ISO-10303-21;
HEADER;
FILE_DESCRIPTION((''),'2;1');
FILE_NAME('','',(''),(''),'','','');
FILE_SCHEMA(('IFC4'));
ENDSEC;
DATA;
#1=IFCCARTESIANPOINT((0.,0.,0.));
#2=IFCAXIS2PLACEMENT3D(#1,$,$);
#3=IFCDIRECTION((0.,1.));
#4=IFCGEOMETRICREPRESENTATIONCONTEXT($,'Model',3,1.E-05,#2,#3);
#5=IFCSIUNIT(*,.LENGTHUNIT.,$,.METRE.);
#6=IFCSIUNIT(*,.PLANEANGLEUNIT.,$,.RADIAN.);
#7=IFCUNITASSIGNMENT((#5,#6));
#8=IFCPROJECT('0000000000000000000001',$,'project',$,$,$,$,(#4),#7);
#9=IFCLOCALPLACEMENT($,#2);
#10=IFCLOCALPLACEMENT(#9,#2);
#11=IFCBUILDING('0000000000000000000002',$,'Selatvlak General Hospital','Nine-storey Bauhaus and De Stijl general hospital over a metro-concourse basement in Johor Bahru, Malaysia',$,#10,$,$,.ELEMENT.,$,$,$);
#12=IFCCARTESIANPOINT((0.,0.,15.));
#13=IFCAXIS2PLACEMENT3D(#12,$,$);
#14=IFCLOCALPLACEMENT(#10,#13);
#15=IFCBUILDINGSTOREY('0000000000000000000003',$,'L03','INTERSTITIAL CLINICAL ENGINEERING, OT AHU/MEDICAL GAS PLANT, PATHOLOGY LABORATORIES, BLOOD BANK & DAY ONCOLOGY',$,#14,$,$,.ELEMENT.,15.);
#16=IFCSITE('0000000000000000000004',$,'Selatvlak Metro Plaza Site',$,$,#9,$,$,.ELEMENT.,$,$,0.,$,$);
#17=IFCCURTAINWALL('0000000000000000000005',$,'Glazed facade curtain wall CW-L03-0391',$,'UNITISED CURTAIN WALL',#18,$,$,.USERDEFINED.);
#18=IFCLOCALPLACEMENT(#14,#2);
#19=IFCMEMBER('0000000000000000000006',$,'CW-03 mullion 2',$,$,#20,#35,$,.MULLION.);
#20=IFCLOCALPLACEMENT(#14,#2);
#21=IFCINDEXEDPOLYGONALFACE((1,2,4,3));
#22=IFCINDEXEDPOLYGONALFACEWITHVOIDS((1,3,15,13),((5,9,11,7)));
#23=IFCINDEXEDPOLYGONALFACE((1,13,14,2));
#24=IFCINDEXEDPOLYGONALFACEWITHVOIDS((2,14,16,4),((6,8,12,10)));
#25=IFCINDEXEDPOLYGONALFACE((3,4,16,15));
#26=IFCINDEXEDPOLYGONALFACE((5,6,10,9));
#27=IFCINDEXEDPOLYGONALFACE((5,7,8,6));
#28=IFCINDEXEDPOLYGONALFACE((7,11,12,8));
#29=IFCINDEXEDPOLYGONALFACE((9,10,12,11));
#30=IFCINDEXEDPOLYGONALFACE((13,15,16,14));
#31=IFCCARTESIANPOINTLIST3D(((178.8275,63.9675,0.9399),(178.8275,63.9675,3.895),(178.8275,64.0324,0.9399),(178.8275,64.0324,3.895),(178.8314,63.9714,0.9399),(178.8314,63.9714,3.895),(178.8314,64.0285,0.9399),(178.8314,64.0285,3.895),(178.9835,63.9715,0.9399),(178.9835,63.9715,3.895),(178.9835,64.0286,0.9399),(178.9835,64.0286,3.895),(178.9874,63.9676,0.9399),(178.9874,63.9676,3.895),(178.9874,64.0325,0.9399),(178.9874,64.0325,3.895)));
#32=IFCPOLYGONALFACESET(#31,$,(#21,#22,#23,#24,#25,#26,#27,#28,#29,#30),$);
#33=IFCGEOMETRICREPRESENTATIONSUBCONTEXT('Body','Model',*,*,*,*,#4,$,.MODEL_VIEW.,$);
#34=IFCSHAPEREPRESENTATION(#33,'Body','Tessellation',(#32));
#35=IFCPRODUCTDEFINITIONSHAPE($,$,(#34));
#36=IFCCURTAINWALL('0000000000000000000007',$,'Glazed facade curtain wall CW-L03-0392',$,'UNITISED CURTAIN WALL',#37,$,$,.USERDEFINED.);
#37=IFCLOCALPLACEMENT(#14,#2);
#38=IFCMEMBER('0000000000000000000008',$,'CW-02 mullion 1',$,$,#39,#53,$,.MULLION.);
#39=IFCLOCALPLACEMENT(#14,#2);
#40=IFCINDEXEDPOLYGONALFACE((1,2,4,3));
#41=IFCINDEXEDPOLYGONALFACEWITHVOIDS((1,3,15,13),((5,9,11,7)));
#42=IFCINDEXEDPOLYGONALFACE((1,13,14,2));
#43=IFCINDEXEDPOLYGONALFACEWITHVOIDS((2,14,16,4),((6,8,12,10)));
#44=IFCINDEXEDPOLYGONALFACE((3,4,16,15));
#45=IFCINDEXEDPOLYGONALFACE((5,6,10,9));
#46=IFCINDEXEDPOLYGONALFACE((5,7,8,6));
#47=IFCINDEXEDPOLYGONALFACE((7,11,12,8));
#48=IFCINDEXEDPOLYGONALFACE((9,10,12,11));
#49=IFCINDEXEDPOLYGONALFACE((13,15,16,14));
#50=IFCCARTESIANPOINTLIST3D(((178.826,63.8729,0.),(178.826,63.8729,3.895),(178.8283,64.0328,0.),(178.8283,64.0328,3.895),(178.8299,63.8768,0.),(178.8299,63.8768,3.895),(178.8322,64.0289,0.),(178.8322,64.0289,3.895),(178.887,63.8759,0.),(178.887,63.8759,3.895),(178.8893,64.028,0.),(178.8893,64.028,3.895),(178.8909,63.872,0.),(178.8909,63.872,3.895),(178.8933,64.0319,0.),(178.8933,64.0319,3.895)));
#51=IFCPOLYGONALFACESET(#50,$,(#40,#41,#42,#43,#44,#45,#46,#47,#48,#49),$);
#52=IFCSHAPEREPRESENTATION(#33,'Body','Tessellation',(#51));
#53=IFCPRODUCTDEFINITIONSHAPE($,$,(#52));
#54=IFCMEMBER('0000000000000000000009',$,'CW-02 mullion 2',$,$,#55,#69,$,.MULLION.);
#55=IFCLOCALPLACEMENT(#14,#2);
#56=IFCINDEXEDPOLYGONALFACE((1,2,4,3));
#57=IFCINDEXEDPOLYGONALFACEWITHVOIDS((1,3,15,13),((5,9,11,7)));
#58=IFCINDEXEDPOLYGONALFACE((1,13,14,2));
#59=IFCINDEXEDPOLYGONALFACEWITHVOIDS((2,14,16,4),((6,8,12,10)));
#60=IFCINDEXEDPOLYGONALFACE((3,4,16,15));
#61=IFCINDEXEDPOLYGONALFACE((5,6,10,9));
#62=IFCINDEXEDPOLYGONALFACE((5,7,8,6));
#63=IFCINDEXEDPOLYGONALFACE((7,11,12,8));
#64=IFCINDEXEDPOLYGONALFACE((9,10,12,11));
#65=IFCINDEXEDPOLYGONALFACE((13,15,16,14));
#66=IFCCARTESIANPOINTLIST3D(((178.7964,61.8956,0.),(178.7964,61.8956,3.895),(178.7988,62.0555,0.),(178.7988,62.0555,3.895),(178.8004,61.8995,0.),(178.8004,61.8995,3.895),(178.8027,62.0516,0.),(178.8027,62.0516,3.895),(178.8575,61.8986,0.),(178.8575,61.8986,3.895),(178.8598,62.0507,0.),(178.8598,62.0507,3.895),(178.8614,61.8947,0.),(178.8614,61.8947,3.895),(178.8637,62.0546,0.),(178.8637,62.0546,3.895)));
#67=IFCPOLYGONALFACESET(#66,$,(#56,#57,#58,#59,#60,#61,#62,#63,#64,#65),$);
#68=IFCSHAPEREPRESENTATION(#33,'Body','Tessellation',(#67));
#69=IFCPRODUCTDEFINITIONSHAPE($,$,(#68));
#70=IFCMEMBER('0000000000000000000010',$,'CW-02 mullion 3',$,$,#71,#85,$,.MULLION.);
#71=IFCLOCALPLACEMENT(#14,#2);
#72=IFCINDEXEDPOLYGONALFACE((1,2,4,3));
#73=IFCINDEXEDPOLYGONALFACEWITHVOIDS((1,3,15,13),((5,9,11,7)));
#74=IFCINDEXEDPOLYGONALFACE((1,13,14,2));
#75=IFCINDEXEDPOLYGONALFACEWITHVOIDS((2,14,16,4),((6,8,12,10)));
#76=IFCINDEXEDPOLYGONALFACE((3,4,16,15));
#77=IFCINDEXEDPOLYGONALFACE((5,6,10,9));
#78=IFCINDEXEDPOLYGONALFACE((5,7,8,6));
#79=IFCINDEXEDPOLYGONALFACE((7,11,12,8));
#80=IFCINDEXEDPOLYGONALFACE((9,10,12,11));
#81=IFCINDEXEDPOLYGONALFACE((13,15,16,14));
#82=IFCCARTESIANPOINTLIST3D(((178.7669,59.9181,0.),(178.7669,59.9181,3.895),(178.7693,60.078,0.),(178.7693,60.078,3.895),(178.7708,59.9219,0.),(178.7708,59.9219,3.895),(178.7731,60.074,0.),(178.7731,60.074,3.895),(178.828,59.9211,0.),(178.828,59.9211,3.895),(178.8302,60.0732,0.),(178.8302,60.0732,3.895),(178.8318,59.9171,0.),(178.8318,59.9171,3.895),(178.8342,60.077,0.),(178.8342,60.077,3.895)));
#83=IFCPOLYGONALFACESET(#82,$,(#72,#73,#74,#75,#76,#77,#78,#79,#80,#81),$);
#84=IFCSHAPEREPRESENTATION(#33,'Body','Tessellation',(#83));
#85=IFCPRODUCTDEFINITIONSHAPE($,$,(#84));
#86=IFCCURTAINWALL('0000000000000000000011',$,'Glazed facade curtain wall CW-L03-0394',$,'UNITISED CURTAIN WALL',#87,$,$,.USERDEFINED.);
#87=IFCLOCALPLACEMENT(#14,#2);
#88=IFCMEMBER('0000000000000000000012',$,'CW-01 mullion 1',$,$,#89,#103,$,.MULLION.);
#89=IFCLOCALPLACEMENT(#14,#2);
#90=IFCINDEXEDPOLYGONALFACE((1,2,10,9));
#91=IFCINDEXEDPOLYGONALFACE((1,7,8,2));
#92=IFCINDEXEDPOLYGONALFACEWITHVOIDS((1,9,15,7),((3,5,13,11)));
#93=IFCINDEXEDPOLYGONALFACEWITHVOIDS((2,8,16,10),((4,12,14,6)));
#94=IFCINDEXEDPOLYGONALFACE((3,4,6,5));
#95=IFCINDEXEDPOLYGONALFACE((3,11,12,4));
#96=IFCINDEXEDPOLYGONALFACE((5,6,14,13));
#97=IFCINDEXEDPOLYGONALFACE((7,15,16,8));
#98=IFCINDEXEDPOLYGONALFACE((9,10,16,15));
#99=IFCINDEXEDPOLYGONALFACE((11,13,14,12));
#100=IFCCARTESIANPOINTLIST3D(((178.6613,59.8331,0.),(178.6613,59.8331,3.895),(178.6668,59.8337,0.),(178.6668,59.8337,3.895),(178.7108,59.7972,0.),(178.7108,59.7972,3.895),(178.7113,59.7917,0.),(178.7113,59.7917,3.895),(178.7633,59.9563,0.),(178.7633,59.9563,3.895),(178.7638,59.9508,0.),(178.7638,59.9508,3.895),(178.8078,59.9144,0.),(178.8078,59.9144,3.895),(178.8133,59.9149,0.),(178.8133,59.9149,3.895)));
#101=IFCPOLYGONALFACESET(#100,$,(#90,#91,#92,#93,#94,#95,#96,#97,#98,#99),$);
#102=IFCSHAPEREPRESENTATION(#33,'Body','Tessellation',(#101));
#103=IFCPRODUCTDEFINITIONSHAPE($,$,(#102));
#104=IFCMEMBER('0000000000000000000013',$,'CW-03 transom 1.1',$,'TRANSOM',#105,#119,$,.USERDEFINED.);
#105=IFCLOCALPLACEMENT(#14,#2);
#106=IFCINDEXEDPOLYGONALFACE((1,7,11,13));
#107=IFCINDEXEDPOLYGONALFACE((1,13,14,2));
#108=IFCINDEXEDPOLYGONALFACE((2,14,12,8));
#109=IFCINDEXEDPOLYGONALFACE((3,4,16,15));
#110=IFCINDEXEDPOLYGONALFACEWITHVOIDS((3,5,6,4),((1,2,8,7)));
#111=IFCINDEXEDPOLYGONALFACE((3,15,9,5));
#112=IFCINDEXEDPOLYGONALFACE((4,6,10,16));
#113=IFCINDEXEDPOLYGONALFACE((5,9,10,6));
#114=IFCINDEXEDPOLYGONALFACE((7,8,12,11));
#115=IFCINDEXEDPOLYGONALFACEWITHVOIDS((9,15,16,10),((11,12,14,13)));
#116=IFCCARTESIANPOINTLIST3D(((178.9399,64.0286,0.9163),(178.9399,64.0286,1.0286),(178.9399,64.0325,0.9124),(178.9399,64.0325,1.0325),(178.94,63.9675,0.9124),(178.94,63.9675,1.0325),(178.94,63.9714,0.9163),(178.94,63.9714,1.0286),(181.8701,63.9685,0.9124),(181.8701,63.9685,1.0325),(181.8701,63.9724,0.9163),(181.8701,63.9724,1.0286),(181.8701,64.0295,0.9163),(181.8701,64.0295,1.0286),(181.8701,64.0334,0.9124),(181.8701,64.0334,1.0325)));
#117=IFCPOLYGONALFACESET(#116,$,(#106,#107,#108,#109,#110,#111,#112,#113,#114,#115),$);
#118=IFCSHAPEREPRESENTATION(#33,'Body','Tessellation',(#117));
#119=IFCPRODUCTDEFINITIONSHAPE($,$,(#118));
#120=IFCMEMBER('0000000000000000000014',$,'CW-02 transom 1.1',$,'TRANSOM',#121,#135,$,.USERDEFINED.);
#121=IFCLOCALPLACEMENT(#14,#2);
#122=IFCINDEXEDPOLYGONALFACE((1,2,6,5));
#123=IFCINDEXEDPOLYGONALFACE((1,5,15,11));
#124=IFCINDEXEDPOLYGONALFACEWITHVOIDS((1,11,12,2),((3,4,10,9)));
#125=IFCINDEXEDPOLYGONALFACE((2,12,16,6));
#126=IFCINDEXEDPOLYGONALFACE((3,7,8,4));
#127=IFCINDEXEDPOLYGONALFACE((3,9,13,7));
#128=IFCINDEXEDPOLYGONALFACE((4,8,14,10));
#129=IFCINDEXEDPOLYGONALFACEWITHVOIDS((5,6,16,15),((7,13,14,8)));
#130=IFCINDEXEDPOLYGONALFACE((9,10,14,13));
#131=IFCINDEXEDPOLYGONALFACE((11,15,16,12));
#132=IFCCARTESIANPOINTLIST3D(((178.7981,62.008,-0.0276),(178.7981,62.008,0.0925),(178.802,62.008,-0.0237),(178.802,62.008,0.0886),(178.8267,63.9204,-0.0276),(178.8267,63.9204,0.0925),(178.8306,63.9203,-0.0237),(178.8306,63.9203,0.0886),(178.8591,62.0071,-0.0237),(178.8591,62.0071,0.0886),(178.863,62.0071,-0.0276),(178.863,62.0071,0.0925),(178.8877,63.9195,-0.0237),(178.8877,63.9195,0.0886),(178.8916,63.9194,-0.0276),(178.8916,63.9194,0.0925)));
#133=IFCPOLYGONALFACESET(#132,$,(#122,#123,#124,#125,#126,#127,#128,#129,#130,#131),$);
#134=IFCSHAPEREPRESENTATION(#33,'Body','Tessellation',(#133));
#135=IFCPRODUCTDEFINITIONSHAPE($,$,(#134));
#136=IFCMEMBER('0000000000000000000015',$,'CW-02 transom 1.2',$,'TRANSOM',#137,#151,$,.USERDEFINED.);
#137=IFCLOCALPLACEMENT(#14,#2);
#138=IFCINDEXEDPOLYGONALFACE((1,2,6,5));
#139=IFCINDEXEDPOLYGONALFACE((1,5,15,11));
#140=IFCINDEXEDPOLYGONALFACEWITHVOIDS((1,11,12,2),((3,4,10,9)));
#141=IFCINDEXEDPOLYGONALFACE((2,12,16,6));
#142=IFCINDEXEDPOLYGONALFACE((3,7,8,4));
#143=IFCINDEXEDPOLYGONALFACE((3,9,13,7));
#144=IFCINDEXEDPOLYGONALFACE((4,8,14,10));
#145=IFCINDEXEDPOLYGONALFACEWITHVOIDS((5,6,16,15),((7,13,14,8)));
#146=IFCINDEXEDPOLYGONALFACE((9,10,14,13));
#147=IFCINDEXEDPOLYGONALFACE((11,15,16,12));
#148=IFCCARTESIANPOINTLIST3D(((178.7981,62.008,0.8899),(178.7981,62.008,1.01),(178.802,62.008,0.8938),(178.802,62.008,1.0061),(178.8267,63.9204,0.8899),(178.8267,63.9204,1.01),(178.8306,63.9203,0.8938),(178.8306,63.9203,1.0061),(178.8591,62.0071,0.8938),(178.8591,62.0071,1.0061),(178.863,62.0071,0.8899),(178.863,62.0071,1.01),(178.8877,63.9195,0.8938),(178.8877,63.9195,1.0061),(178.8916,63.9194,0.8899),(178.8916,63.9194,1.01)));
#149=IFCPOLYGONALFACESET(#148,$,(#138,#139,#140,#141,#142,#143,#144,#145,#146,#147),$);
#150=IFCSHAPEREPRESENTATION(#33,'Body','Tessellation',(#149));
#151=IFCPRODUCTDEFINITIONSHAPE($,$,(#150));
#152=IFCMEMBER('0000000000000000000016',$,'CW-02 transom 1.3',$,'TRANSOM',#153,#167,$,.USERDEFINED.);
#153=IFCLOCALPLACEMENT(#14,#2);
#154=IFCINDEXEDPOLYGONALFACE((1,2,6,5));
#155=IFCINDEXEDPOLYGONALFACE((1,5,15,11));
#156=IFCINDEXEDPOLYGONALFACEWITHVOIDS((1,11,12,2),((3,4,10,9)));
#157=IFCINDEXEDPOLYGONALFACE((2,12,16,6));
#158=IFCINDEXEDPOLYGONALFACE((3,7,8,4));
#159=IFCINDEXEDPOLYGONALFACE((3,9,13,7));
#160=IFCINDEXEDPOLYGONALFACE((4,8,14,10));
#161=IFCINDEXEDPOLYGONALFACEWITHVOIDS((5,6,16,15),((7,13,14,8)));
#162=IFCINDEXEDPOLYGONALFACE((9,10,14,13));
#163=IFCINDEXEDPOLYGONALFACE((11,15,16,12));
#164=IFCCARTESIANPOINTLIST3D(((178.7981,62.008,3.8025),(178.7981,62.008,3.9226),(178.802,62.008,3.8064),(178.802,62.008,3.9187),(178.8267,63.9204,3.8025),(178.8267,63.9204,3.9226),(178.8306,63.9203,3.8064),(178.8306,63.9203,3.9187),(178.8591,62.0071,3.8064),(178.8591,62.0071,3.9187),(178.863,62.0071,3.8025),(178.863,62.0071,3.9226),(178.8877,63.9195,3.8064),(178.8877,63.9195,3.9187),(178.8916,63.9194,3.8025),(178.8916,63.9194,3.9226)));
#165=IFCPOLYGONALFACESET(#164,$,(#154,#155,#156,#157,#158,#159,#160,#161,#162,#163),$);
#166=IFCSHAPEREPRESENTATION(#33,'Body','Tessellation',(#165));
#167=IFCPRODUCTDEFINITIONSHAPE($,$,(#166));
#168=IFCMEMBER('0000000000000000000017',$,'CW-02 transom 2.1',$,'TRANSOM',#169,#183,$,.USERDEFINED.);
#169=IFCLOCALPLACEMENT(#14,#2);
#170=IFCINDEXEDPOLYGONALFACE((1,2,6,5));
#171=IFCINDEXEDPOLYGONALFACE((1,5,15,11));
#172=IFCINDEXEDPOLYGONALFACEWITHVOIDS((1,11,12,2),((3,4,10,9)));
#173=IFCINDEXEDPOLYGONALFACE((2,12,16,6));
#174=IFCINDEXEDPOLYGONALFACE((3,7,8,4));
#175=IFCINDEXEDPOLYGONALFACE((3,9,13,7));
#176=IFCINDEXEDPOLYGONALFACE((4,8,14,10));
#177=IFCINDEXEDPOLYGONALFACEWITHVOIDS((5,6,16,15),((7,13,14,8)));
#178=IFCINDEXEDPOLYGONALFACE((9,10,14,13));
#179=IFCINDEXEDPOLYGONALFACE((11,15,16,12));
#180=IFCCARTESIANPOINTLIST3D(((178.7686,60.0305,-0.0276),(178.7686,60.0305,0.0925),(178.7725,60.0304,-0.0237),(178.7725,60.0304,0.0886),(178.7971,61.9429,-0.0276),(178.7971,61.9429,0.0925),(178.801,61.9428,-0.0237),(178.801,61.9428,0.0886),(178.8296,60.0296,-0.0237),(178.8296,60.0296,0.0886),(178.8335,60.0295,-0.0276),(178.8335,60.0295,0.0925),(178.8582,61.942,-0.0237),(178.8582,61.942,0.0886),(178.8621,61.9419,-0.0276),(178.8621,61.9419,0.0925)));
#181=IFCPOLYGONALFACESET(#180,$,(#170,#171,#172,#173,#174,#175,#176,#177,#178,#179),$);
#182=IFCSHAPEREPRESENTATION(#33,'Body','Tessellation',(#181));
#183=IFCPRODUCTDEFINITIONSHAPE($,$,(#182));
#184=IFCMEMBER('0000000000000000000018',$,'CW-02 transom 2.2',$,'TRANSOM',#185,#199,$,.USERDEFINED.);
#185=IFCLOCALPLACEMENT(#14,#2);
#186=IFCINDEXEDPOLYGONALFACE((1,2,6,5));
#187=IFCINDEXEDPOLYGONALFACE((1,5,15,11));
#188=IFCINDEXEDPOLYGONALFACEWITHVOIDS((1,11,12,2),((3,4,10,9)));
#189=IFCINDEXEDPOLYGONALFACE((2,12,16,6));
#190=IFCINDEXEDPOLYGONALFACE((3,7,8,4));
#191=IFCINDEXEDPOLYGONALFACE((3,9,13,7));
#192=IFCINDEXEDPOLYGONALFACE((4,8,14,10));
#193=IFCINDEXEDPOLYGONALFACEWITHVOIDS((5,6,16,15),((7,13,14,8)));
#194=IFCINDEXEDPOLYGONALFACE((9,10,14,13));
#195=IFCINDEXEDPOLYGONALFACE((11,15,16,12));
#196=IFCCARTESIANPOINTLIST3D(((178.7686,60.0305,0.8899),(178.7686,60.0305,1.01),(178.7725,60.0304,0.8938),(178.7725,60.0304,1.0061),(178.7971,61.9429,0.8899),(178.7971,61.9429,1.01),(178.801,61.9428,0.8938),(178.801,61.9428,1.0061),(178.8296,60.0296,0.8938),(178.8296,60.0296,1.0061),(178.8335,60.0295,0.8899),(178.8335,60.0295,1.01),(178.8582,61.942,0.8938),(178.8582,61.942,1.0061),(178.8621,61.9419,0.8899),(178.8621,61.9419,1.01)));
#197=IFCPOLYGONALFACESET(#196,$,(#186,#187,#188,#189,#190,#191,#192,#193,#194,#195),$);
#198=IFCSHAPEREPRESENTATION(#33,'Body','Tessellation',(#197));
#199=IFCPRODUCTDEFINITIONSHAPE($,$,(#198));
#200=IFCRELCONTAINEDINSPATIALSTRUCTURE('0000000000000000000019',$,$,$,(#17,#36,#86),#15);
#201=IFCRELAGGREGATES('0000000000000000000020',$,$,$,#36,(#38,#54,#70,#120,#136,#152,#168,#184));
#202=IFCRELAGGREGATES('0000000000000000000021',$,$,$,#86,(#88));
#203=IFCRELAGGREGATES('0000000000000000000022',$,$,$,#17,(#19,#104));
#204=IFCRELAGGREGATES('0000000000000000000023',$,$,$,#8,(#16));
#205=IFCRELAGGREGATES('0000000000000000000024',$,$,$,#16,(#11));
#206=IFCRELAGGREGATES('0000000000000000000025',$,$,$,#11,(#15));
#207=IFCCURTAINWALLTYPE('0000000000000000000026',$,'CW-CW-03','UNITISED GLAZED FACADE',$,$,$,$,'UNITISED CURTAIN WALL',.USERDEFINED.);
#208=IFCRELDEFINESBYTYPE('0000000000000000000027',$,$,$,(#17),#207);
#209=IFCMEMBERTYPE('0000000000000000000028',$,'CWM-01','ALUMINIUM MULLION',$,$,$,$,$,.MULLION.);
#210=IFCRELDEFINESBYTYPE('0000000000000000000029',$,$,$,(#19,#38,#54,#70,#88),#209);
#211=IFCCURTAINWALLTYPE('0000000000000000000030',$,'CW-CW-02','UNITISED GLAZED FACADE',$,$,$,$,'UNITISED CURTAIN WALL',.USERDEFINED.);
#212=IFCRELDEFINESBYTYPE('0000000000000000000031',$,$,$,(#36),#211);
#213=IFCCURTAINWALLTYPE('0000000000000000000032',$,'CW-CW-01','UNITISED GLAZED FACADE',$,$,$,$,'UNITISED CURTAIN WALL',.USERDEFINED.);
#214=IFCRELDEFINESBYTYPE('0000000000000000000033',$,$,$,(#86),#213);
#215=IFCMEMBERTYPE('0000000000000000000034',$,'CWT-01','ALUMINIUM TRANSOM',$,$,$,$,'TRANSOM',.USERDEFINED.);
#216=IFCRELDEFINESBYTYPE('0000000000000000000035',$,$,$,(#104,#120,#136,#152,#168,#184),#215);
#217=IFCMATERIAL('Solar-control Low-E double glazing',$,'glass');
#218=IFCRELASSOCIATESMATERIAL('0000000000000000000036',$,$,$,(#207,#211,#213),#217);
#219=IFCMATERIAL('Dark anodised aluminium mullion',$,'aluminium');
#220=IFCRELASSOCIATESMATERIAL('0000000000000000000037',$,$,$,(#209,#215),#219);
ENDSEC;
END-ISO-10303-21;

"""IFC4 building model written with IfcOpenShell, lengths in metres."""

from ifc_helpers import new_model, si_unit, direction, frame, origin, origin_2d, place, context, subcontext, project, spatial, hollow_rectangle, extrude, material, material_profile, profile_set, type_object, element, aggregate, save


model = new_model("IFC4")

# Units and contexts
model_context = context("Model", 3, precision=1e-05, world=origin(), true_north=direction((0.0, 1.0)))
body_context = subcontext(model_context, "Body", "Model", "MODEL_VIEW")
ifc_project = project(units=[si_unit("LENGTHUNIT", "METRE"), si_unit("PLANEANGLEUNIT", "RADIAN")], contexts=[model_context])

# Site, building, storey
site_placement = place(None, origin())
site = spatial("IfcSite", under=ifc_project, at=site_placement, Name="Selatvlak Metro Plaza Site", CompositionType="ELEMENT", RefElevation=0.0)
building_placement = place(site_placement, origin())
building = spatial("IfcBuilding", under=site, at=building_placement, Name="Selatvlak General Hospital", Description="Nine-storey Bauhaus and De Stijl general hospital over a metro-concourse basement in Johor Bahru, Malaysia", CompositionType="ELEMENT")
storey_placement = place(building_placement, frame((0.0, 0.0, 15.0)))
storey = spatial("IfcBuildingStorey", under=building, at=storey_placement, Name="L03", Description="INTERSTITIAL CLINICAL ENGINEERING, OT AHU/MEDICAL GAS PLANT, PATHOLOGY LABORATORIES, BLOOD BANK & DAY ONCOLOGY", CompositionType="ELEMENT", Elevation=15.0)

# Curtain wall, member
ifc_material_1 = material(Name="Solar-control Low-E double glazing", Category="glass")
curtain_wall_type_1 = type_object("IfcCurtainWallType", Name="CW-CW-03", Description="UNITISED GLAZED FACADE", ElementType="UNITISED CURTAIN WALL", PredefinedType="USERDEFINED", material=ifc_material_1)
curtain_wall_1_placement = place(storey_placement, origin())
curtain_wall_1 = element("IfcCurtainWall", 1, at=curtain_wall_1_placement, inside=storey, type_object=curtain_wall_type_1, Name="Glazed facade curtain wall CW-L03-0391", ObjectType="UNITISED CURTAIN WALL", PredefinedType="USERDEFINED")
ifc_material_2 = material(Name="Dark anodised aluminium mullion", Category="aluminium")
ifc_material_profile_1 = material_profile(ifc_material_2, hollow_rectangle(XDim=0.0649, YDim=0.1599, WallThickness=0.0039, at=origin_2d()), Name="AL-MUL 65x160x4")
ifc_profile_set_1 = profile_set([ifc_material_profile_1], Name="Dark anodised aluminium mullion")
member_type_1 = type_object("IfcMemberType", Name="CWM-01", Description="ALUMINIUM MULLION", PredefinedType="MULLION", material=ifc_profile_set_1)
member_1_placement = place(storey_placement, frame((178.9075, 64.0, 0.9399), z_axis=(0.0, 0.0, 1.0), x_axis=(0.000327, -1.0, 0.0)))
member_1 = element("IfcMember", 2, at=member_1_placement, type_object=member_type_1, Name="CW-03 mullion 2", PredefinedType="MULLION", context=body_context, shape_type="SweptSolid", body=[
    extrude(hollow_rectangle(XDim=0.0649, YDim=0.1599, WallThickness=0.0039, at=origin_2d()), origin(), (0.0, 0.0, 1.0), 2.9551),
])

# Curtain wall, members
curtain_wall_type_2 = type_object("IfcCurtainWallType", Name="CW-CW-02", Description="UNITISED GLAZED FACADE", ElementType="UNITISED CURTAIN WALL", PredefinedType="USERDEFINED", material=ifc_material_1)
curtain_wall_2_placement = place(storey_placement, origin())
curtain_wall_2 = element("IfcCurtainWall", 3, at=curtain_wall_2_placement, inside=storey, type_object=curtain_wall_type_2, Name="Glazed facade curtain wall CW-L03-0392", ObjectType="UNITISED CURTAIN WALL", PredefinedType="USERDEFINED")
member_2_placement = place(storey_placement, frame((178.8596, 63.9524, 0.0), z_axis=(0.0, 0.0, 1.0), x_axis=(0.999889, -0.014924, 0.0)))
member_2 = element("IfcMember", 4, at=member_2_placement, type_object=member_type_1, Name="CW-02 mullion 1", PredefinedType="MULLION", context=body_context, shape_type="SweptSolid", body=[
    extrude(hollow_rectangle(XDim=0.0649, YDim=0.1599, WallThickness=0.0039, at=origin_2d()), origin(), (0.0, 0.0, 1.0), 3.895),
])
member_3_placement = place(storey_placement, frame((178.8301, 61.9751, 0.0), z_axis=(0.0, 0.0, 1.0), x_axis=(0.999889, -0.014924, 0.0)))
member_3 = element("IfcMember", 5, at=member_3_placement, type_object=member_type_1, Name="CW-02 mullion 2", PredefinedType="MULLION", context=body_context, shape_type="SweptSolid", body=[
    extrude(hollow_rectangle(XDim=0.0649, YDim=0.1599, WallThickness=0.0039, at=origin_2d()), origin(), (0.0, 0.0, 1.0), 3.895),
])
member_4_placement = place(storey_placement, frame((178.8005, 59.9976, 0.0), z_axis=(0.0, 0.0, 1.0), x_axis=(0.999889, -0.014924, 0.0)))
member_4 = element("IfcMember", 6, at=member_4_placement, type_object=member_type_1, Name="CW-02 mullion 3", PredefinedType="MULLION", context=body_context, shape_type="SweptSolid", body=[
    extrude(hollow_rectangle(XDim=0.0649, YDim=0.1599, WallThickness=0.0039, at=origin_2d()), origin(), (0.0, 0.0, 1.0), 3.895),
])

# Curtain wall, member
curtain_wall_type_3 = type_object("IfcCurtainWallType", Name="CW-CW-01", Description="UNITISED GLAZED FACADE", ElementType="UNITISED CURTAIN WALL", PredefinedType="USERDEFINED", material=ifc_material_1)
curtain_wall_3_placement = place(storey_placement, origin())
curtain_wall_3 = element("IfcCurtainWall", 7, at=curtain_wall_3_placement, inside=storey, type_object=curtain_wall_type_3, Name="Glazed facade curtain wall CW-L03-0394", ObjectType="UNITISED CURTAIN WALL", PredefinedType="USERDEFINED")
member_5_placement = place(storey_placement, frame((178.7373, 59.874, 0.0), z_axis=(0.0, 0.0, 1.0), x_axis=(0.770252, -0.63774, 0.0)))
member_5 = element("IfcMember", 8, at=member_5_placement, type_object=member_type_1, Name="CW-01 mullion 1", PredefinedType="MULLION", context=body_context, shape_type="SweptSolid", body=[
    extrude(hollow_rectangle(XDim=0.0649, YDim=0.1599, WallThickness=0.0039, at=origin_2d()), origin(), (0.0, 0.0, 1.0), 3.895),
])

# Members
ifc_material_profile_2 = material_profile(ifc_material_2, hollow_rectangle(XDim=0.0649, YDim=0.1201, WallThickness=0.0039, at=origin_2d()), Name="AL-TRN 65x120x4")
ifc_profile_set_2 = profile_set([ifc_material_profile_2], Name="Dark anodised aluminium mullion")
member_type_2 = type_object("IfcMemberType", Name="CWT-01", Description="ALUMINIUM TRANSOM", ElementType="TRANSOM", PredefinedType="USERDEFINED", material=ifc_profile_set_2)
member_6_placement = place(storey_placement, frame((181.8701, 64.001, 0.9724), z_axis=(-1.0, -0.000333, 0.0), x_axis=(0.000333, -1.0, 0.0)))
member_6 = element("IfcMember", 9, at=member_6_placement, type_object=member_type_2, Name="CW-03 transom 1.1", ObjectType="TRANSOM", PredefinedType="USERDEFINED", context=body_context, shape_type="SweptSolid", body=[
    extrude(hollow_rectangle(XDim=0.0649, YDim=0.1201, WallThickness=0.0039, at=origin_2d()), origin(), (0.0, 0.0, 1.0), 2.9302),
])
member_7_placement = place(storey_placement, frame((178.8591, 63.9199, 0.0325), z_axis=(-0.014935, -0.999888, 0.0), x_axis=(0.999888, -0.014935, 0.0)))
member_7 = element("IfcMember", 10, at=member_7_placement, type_object=member_type_2, Name="CW-02 transom 1.1", ObjectType="TRANSOM", PredefinedType="USERDEFINED", context=body_context, shape_type="SweptSolid", body=[
    extrude(hollow_rectangle(XDim=0.0649, YDim=0.1201, WallThickness=0.0039, at=origin_2d()), origin(), (0.0, 0.0, 1.0), 1.9126),
])
member_8_placement = place(storey_placement, frame((178.8591, 63.9199, 0.95), z_axis=(-0.014935, -0.999888, 0.0), x_axis=(0.999888, -0.014935, 0.0)))
member_8 = element("IfcMember", 11, at=member_8_placement, type_object=member_type_2, Name="CW-02 transom 1.2", ObjectType="TRANSOM", PredefinedType="USERDEFINED", context=body_context, shape_type="SweptSolid", body=[
    extrude(hollow_rectangle(XDim=0.0649, YDim=0.1201, WallThickness=0.0039, at=origin_2d()), origin(), (0.0, 0.0, 1.0), 1.9126),
])
member_9_placement = place(storey_placement, frame((178.8591, 63.9199, 3.8625), z_axis=(-0.014935, -0.999888, 0.0), x_axis=(0.999888, -0.014935, 0.0)))
member_9 = element("IfcMember", 12, at=member_9_placement, type_object=member_type_2, Name="CW-02 transom 1.3", ObjectType="TRANSOM", PredefinedType="USERDEFINED", context=body_context, shape_type="SweptSolid", body=[
    extrude(hollow_rectangle(XDim=0.0649, YDim=0.1201, WallThickness=0.0039, at=origin_2d()), origin(), (0.0, 0.0, 1.0), 1.9126),
])
member_10_placement = place(storey_placement, frame((178.8296, 61.9424, 0.0325), z_axis=(-0.014935, -0.999888, 0.0), x_axis=(0.999888, -0.014935, 0.0)))
member_10 = element("IfcMember", 13, at=member_10_placement, type_object=member_type_2, Name="CW-02 transom 2.1", ObjectType="TRANSOM", PredefinedType="USERDEFINED", context=body_context, shape_type="SweptSolid", body=[
    extrude(hollow_rectangle(XDim=0.0649, YDim=0.1201, WallThickness=0.0039, at=origin_2d()), origin(), (0.0, 0.0, 1.0), 1.9126),
])
member_11_placement = place(storey_placement, frame((178.8296, 61.9424, 0.95), z_axis=(-0.014935, -0.999888, 0.0), x_axis=(0.999888, -0.014935, 0.0)))
member_11 = element("IfcMember", 14, at=member_11_placement, type_object=member_type_2, Name="CW-02 transom 2.2", ObjectType="TRANSOM", PredefinedType="USERDEFINED", context=body_context, shape_type="SweptSolid", body=[
    extrude(hollow_rectangle(XDim=0.0649, YDim=0.1201, WallThickness=0.0039, at=origin_2d()), origin(), (0.0, 0.0, 1.0), 1.9126),
])

aggregate(curtain_wall_2, [member_2, member_3, member_4, member_7, member_8, member_9, member_10, member_11])
aggregate(curtain_wall_3, [member_5])
aggregate(curtain_wall_1, [member_1, member_6])

save(model, "model.ifc")
